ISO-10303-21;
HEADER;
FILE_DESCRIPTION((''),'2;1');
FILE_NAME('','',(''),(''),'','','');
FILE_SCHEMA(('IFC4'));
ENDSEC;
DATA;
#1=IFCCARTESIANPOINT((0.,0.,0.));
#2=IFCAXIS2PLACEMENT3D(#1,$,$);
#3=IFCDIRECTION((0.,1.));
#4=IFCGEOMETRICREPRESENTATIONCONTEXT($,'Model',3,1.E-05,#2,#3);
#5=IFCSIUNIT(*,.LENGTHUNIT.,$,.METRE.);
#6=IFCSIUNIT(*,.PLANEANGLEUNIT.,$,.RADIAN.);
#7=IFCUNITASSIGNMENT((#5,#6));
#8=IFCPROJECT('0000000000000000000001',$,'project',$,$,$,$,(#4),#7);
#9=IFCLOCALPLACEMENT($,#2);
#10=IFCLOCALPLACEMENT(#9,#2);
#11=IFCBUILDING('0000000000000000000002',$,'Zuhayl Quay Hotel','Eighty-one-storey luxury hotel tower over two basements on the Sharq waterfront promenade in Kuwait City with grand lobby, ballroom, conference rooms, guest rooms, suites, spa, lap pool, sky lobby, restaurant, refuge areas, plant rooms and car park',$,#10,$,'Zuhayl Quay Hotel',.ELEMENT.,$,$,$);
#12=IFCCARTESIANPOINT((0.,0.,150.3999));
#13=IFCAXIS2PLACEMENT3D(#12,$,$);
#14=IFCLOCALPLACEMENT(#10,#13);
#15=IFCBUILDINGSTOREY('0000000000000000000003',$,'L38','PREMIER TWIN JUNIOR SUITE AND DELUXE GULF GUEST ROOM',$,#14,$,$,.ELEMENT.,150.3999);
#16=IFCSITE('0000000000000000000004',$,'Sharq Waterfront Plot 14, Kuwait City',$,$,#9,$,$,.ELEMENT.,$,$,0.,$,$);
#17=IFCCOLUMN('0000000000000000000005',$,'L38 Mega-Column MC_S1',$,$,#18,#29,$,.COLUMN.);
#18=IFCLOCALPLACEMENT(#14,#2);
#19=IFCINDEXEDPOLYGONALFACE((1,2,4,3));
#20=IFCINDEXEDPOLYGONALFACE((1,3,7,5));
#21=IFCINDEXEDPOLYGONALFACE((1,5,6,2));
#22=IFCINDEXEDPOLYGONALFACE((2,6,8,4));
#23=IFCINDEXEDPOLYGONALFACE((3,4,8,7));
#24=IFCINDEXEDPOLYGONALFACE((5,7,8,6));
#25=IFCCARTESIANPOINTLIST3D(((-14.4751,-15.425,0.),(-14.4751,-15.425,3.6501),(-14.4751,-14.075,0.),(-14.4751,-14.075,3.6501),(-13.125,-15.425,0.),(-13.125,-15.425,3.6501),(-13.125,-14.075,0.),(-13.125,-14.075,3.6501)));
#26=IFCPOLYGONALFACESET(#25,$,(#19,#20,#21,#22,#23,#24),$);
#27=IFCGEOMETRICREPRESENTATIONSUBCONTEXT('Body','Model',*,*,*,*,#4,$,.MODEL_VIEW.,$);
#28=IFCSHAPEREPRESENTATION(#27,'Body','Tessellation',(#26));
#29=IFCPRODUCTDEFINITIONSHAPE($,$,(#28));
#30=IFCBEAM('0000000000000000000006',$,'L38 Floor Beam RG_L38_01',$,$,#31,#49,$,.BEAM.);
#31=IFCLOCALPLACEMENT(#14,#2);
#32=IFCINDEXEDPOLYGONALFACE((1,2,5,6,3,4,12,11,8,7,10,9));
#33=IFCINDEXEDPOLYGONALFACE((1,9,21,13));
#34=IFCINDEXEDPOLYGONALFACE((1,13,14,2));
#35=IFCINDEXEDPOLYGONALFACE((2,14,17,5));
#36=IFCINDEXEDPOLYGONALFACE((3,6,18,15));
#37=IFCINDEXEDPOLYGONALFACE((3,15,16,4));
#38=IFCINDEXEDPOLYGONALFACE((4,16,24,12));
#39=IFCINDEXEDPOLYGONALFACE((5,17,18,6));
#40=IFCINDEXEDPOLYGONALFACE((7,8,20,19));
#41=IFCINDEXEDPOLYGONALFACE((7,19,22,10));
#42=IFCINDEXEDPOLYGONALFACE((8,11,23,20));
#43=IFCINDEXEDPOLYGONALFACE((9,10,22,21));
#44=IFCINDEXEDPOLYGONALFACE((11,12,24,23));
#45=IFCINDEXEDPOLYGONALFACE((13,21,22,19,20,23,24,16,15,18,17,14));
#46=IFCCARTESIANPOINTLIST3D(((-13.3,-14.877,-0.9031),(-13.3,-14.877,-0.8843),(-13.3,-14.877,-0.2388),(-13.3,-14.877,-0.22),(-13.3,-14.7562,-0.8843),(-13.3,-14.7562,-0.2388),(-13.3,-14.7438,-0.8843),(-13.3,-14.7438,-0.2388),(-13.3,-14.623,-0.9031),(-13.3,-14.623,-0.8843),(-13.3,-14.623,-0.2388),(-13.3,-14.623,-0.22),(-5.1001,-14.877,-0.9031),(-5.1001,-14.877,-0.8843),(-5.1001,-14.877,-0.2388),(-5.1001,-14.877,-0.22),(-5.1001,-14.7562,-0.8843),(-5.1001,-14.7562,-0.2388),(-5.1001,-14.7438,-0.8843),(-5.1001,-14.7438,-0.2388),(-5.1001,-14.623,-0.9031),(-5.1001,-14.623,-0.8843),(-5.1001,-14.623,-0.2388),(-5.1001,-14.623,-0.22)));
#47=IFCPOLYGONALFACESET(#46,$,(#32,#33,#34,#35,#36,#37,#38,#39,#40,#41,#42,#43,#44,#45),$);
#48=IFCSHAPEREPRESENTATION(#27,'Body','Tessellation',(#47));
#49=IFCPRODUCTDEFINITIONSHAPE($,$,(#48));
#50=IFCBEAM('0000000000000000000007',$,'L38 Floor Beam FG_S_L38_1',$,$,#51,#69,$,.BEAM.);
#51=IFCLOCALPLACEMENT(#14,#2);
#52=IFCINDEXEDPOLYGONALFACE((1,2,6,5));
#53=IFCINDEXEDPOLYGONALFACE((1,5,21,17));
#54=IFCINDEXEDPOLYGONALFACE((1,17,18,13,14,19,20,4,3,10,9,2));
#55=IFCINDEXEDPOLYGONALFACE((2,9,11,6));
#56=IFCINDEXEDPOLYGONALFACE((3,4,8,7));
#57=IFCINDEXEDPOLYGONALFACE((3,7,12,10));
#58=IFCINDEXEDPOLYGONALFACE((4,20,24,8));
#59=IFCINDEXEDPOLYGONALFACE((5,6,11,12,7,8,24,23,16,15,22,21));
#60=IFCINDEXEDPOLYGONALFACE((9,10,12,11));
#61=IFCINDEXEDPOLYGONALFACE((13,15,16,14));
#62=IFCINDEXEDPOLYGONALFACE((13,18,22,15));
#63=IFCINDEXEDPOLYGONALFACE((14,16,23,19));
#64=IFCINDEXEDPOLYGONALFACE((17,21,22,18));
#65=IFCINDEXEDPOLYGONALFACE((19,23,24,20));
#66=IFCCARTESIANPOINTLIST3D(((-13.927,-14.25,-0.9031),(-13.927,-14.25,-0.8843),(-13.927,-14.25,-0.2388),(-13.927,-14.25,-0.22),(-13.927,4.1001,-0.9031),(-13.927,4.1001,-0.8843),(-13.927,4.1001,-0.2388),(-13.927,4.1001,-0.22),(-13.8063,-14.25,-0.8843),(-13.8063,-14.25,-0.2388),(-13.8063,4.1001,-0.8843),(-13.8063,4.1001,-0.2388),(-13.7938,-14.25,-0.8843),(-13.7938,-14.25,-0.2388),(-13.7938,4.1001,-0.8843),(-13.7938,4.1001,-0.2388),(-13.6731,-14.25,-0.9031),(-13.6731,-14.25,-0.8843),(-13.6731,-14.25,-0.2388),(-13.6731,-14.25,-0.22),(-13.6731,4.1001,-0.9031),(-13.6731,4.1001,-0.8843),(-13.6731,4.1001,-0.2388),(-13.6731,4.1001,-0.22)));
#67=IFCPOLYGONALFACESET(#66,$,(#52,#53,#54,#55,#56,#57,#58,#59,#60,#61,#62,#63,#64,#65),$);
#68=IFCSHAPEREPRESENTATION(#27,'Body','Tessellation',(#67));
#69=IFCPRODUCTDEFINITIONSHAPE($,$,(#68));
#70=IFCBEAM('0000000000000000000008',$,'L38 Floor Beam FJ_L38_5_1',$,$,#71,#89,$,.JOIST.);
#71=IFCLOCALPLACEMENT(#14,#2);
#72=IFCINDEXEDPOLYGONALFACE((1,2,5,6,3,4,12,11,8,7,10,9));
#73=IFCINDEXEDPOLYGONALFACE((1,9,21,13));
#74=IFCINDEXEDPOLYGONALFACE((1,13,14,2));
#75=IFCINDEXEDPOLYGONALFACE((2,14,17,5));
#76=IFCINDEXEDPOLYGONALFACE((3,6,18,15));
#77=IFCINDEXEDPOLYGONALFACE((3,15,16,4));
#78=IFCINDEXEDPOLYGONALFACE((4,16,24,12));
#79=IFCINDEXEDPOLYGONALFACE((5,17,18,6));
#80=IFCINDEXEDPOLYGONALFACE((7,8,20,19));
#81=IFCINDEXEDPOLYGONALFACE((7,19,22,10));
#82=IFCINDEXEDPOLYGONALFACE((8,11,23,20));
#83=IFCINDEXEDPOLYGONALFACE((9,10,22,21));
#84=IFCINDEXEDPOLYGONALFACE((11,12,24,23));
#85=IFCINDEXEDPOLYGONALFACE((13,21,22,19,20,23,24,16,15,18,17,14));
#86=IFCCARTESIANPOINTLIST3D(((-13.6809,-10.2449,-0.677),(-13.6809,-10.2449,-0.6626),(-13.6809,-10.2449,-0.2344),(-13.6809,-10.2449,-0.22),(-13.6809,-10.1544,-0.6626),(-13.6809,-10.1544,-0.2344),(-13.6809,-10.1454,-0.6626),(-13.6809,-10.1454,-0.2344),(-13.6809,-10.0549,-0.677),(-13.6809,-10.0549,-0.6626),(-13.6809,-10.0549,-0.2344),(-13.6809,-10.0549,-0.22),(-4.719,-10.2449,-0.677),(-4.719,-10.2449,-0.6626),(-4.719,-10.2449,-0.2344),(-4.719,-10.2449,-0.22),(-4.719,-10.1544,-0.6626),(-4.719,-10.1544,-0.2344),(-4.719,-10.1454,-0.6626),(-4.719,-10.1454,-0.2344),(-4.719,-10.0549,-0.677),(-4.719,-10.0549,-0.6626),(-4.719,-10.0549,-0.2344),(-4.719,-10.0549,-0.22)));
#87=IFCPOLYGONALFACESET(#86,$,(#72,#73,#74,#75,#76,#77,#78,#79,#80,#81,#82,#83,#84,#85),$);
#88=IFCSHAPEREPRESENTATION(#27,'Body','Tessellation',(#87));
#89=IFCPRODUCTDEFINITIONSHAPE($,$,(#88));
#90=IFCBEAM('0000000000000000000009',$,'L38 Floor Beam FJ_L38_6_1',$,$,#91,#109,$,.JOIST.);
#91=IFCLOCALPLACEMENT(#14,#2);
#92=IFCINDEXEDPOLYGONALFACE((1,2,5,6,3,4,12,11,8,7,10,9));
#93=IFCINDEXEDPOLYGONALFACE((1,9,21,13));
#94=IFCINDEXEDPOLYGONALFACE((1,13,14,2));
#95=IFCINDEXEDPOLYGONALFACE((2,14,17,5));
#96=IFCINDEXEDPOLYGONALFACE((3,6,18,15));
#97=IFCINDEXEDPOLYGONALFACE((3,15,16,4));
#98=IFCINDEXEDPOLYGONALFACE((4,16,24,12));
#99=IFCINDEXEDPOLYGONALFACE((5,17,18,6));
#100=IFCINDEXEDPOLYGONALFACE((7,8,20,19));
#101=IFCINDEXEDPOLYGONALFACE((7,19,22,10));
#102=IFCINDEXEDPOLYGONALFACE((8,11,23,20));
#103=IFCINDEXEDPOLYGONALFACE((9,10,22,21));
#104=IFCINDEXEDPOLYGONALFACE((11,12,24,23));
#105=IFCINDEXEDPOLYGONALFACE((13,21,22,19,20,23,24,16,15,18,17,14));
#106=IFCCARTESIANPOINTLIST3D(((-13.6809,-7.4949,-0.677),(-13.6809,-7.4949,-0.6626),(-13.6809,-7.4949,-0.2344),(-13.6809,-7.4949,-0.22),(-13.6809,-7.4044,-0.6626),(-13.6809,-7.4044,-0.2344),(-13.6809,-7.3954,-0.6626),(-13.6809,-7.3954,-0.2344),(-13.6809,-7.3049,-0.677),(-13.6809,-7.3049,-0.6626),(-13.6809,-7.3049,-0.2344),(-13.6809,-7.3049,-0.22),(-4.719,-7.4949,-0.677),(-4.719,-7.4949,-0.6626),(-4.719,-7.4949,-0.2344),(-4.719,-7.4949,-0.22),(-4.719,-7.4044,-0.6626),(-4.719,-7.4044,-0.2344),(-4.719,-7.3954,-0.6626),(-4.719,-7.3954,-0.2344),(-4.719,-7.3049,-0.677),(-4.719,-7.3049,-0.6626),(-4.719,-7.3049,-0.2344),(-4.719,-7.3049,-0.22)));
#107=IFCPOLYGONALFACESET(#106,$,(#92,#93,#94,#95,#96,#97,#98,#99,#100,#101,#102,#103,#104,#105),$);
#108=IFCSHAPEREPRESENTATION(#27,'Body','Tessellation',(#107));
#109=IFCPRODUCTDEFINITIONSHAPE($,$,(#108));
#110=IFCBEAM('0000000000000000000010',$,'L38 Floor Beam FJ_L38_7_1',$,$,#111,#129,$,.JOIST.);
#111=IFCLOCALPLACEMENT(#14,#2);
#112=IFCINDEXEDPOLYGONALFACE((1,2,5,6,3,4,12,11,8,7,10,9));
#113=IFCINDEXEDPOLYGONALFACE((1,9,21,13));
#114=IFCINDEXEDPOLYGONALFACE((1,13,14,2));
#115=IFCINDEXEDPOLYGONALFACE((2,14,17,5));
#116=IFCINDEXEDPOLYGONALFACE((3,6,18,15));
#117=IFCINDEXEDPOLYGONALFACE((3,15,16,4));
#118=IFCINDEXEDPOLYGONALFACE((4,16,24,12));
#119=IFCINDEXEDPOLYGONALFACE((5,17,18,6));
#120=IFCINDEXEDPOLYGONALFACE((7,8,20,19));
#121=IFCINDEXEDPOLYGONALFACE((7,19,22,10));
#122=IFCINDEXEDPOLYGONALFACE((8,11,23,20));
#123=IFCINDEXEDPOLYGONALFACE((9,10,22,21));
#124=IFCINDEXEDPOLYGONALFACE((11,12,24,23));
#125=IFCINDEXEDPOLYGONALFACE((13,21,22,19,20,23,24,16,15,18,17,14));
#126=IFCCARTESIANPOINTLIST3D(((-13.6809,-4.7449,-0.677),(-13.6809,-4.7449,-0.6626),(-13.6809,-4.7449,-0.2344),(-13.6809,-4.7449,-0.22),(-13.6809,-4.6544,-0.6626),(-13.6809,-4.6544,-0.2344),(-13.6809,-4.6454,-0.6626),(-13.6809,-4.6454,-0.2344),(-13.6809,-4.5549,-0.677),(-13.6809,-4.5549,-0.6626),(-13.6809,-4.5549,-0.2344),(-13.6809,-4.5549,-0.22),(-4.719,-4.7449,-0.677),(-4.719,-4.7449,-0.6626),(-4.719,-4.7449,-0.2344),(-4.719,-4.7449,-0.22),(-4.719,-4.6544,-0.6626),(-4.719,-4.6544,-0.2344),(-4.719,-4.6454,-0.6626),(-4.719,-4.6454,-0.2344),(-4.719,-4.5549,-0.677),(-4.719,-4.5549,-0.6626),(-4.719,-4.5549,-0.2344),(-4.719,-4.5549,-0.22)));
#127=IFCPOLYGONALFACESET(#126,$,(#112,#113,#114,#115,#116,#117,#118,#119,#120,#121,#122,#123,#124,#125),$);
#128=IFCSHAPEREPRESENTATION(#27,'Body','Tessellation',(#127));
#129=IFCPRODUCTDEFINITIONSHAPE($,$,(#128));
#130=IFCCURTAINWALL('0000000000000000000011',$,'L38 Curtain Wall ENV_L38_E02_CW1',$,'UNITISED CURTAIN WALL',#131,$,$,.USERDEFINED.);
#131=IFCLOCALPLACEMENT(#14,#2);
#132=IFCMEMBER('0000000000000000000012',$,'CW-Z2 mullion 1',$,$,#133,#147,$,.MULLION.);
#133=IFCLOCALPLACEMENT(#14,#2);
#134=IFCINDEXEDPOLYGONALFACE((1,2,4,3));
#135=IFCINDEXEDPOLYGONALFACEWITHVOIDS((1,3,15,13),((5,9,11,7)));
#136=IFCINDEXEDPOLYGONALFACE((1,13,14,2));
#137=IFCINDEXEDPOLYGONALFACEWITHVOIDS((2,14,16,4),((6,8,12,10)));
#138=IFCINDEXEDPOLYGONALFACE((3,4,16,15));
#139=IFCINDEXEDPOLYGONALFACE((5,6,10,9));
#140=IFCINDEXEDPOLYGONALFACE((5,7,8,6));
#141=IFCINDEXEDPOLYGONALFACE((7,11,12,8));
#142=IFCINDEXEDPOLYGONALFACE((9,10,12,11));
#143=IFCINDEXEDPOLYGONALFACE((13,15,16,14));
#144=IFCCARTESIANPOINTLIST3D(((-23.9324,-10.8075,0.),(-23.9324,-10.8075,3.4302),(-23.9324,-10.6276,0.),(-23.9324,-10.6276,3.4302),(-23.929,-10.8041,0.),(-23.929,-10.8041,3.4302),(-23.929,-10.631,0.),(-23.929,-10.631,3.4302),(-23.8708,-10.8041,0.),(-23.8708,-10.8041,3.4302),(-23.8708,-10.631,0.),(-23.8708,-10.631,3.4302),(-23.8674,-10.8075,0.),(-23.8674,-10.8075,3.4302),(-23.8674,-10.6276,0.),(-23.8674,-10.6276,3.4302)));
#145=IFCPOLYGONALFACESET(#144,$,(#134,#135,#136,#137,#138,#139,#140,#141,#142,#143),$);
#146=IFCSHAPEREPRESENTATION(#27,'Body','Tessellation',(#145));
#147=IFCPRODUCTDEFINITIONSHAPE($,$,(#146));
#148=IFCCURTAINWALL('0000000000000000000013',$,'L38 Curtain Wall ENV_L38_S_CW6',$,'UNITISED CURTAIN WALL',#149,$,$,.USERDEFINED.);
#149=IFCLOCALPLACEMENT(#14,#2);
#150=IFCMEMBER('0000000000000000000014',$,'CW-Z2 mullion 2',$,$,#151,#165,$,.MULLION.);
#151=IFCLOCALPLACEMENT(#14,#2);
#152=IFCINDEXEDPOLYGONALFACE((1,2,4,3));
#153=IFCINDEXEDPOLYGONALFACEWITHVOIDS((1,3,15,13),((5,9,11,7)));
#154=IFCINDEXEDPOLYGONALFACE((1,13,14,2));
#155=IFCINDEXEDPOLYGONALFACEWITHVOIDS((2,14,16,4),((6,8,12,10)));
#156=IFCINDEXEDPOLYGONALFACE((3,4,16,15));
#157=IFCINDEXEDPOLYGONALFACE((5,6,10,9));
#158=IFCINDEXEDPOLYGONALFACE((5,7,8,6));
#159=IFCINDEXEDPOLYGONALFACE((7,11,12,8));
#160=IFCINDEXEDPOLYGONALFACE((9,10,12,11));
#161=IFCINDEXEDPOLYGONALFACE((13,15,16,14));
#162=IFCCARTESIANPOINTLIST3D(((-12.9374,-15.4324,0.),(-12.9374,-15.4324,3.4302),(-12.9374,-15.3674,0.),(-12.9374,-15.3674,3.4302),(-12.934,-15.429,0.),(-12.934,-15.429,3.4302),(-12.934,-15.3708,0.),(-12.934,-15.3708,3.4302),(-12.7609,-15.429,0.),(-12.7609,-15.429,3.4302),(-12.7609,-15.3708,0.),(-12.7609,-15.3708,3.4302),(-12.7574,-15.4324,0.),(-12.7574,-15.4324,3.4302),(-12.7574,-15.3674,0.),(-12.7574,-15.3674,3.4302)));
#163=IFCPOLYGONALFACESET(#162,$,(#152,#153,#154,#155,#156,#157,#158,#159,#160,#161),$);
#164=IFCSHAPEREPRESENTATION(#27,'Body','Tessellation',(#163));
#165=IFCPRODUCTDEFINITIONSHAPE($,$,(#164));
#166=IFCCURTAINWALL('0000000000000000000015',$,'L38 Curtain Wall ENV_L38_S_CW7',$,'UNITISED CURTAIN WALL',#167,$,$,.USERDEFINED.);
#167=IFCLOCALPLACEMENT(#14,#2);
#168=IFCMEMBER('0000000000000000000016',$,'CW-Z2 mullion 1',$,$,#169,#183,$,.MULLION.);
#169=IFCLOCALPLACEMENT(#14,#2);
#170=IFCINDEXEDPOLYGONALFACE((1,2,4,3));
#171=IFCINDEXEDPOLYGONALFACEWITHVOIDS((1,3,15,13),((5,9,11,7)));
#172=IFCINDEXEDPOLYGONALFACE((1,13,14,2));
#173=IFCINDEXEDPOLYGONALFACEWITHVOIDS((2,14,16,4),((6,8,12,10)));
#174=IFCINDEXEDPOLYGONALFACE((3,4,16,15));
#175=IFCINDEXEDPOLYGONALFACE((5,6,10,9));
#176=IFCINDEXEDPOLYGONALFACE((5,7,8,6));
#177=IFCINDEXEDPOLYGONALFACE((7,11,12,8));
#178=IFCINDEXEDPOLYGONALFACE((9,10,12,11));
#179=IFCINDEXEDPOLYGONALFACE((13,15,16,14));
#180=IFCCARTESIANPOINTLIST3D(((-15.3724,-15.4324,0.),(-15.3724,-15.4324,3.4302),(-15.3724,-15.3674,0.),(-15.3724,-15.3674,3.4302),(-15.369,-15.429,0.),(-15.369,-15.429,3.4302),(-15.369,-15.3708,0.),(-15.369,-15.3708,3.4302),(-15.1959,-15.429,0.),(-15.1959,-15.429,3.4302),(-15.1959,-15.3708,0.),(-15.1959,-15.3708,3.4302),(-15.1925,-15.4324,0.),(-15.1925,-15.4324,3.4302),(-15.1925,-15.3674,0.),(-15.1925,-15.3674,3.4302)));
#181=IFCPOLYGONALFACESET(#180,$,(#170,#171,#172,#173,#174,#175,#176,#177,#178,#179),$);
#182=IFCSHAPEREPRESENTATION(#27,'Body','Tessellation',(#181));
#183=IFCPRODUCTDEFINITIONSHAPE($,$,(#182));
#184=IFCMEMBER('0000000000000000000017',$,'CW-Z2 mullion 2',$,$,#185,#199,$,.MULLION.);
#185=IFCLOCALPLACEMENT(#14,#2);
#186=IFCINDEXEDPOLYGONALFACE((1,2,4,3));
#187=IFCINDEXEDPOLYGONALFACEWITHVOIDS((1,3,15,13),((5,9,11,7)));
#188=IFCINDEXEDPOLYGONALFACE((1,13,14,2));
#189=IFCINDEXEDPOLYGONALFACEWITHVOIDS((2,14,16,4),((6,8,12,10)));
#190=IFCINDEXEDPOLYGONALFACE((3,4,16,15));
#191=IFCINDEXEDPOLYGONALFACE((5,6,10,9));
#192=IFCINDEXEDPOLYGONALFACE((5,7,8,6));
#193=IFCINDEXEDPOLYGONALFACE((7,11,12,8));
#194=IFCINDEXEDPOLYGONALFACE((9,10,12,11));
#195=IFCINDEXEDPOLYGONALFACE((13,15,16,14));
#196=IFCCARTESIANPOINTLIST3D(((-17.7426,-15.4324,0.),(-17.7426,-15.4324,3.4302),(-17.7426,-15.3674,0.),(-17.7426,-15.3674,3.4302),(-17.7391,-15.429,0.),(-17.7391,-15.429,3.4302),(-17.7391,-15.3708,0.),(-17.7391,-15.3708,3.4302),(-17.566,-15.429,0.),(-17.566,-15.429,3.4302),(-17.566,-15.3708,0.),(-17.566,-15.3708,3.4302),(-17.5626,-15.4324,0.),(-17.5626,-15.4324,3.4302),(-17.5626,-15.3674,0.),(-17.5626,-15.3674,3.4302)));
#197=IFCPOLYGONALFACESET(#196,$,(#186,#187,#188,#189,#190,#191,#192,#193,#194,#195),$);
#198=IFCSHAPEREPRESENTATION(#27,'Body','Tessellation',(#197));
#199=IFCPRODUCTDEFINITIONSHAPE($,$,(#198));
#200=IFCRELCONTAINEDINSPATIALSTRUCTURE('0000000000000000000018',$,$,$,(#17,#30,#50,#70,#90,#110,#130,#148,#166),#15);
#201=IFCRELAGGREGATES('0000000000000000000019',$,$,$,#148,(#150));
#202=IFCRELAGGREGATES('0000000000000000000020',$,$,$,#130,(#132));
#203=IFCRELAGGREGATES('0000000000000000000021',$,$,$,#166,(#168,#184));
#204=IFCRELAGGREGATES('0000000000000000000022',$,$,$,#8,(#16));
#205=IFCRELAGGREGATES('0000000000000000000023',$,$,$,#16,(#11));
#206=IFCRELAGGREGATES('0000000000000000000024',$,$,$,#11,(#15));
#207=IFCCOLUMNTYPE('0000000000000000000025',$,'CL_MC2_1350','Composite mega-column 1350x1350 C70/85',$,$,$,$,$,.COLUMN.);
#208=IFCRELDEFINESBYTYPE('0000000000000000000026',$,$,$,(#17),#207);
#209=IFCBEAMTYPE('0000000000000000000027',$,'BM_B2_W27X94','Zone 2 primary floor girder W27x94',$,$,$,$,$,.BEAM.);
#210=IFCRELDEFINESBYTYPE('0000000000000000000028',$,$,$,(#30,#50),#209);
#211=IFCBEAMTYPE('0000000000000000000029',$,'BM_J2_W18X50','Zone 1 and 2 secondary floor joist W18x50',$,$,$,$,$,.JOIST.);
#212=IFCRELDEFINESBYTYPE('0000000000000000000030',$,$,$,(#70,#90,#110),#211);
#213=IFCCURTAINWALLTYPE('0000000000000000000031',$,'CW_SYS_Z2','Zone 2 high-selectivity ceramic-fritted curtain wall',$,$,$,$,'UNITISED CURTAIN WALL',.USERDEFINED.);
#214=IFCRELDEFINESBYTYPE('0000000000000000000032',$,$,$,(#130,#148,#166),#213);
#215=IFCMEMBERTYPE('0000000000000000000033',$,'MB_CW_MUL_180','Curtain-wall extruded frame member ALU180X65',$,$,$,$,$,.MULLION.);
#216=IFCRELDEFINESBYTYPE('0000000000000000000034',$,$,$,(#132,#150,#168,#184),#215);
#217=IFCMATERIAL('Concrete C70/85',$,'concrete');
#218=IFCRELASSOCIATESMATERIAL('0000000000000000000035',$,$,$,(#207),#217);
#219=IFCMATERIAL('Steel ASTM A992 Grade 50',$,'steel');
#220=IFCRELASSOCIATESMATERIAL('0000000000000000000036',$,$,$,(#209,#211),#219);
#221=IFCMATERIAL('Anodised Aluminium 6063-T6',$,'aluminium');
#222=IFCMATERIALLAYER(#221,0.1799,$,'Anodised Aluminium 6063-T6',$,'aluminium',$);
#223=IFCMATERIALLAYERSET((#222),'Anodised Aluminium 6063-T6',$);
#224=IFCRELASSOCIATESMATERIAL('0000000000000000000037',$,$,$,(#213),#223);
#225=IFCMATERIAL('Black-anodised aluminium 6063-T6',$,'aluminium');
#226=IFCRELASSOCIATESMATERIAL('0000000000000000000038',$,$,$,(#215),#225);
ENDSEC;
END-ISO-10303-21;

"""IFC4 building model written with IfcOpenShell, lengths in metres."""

from ifc_helpers import new_model, si_unit, direction, frame, origin, origin_2d, place, context, subcontext, project, spatial, rectangle, hollow_rectangle, i_section, extrude, material, layer, layer_set, material_profile, profile_set, type_object, element, aggregate, save


model = new_model("IFC4")

# Units and contexts
model_context = context("Model", 3, precision=1e-05, world=origin(), true_north=direction((0.0, 1.0)))
body_context = subcontext(model_context, "Body", "Model", "MODEL_VIEW")
ifc_project = project(units=[si_unit("LENGTHUNIT", "METRE"), si_unit("PLANEANGLEUNIT", "RADIAN")], contexts=[model_context])

# Site, building, storey
site_placement = place(None, origin())
site = spatial("IfcSite", under=ifc_project, at=site_placement, Name="Sharq Waterfront Plot 14, Kuwait City", CompositionType="ELEMENT", RefElevation=0.0)
building_placement = place(site_placement, origin())
building = spatial("IfcBuilding", under=site, at=building_placement, Name="Zuhayl Quay Hotel", Description="Eighty-one-storey luxury hotel tower over two basements on the Sharq waterfront promenade in Kuwait City with grand lobby, ballroom, conference rooms, guest rooms, suites, spa, lap pool, sky lobby, restaurant, refuge areas, plant rooms and car park", LongName="Zuhayl Quay Hotel", CompositionType="ELEMENT")
storey_placement = place(building_placement, frame((0.0, 0.0, 150.3999)))
storey = spatial("IfcBuildingStorey", under=building, at=storey_placement, Name="L38", Description="PREMIER TWIN JUNIOR SUITE AND DELUXE GULF GUEST ROOM", CompositionType="ELEMENT", Elevation=150.3999)

# Column
ifc_material_1 = material(Name="Concrete C70/85", Category="concrete")
ifc_material_profile_1 = material_profile(ifc_material_1, rectangle(XDim=1.3501, YDim=1.3501, at=origin_2d()), Name="RC1350X1350")
ifc_profile_set_1 = profile_set([ifc_material_profile_1], Name="Concrete C70/85")
column_type = type_object("IfcColumnType", Name="CL_MC2_1350", Description="Composite mega-column 1350x1350 C70/85", PredefinedType="COLUMN", material=ifc_profile_set_1)
column_placement = place(storey_placement, frame((-13.8, -14.75, 0.0), z_axis=(0.0, 0.0, 1.0), x_axis=(1.0, 0.0, 0.0)))
element("IfcColumn", 1, at=column_placement, inside=storey, type_object=column_type, Name="L38 Mega-Column MC_S1", PredefinedType="COLUMN", context=body_context, shape_type="SweptSolid", body=[
    extrude(rectangle(XDim=1.3501, YDim=1.3501, at=origin_2d()), origin(), (0.0, 0.0, 1.0), 3.6501),
])

# Beams
ifc_material_2 = material(Name="Steel ASTM A992 Grade 50", Category="steel")
ifc_material_profile_2 = material_profile(ifc_material_2, i_section(OverallWidth=0.2539, OverallDepth=0.6831, WebThickness=0.0125, FlangeThickness=0.0188, at=origin_2d()), Name="W27X94")
ifc_profile_set_2 = profile_set([ifc_material_profile_2], Name="Steel ASTM A992 Grade 50")
beam_type_1 = type_object("IfcBeamType", Name="BM_B2_W27X94", Description="Zone 2 primary floor girder W27x94", PredefinedType="BEAM", material=ifc_profile_set_2)
beam_1_placement = place(storey_placement, frame((-13.3, -14.75, -0.5615), z_axis=(1.0, 0.0, 0.0), x_axis=(0.0, 1.0, 0.0)))
element("IfcBeam", 2, at=beam_1_placement, inside=storey, type_object=beam_type_1, Name="L38 Floor Beam RG_L38_01", PredefinedType="BEAM", context=body_context, shape_type="SweptSolid", body=[
    extrude(i_section(OverallWidth=0.2539, OverallDepth=0.6831, WebThickness=0.0125, FlangeThickness=0.0188, at=origin_2d()), origin(), (0.0, 0.0, 1.0), 8.2),
])
beam_2_placement = place(storey_placement, frame((-13.8, -14.25, -0.5615), z_axis=(0.0, 1.0, 0.0), x_axis=(-1.0, 0.0, 0.0)))
element("IfcBeam", 3, at=beam_2_placement, inside=storey, type_object=beam_type_1, Name="L38 Floor Beam FG_S_L38_1", PredefinedType="BEAM", context=body_context, shape_type="SweptSolid", body=[
    extrude(i_section(OverallWidth=0.2539, OverallDepth=0.6831, WebThickness=0.0125, FlangeThickness=0.0188, at=origin_2d()), origin(), (0.0, 0.0, 1.0), 18.3501),
])
ifc_material_profile_3 = material_profile(ifc_material_2, i_section(OverallWidth=0.1899, OverallDepth=0.457, WebThickness=0.009, FlangeThickness=0.0144, at=origin_2d()), Name="W18X50")
ifc_profile_set_3 = profile_set([ifc_material_profile_3], Name="Steel ASTM A992 Grade 50")
beam_type_2 = type_object("IfcBeamType", Name="BM_J2_W18X50", Description="Zone 1 and 2 secondary floor joist W18x50", PredefinedType="JOIST", material=ifc_profile_set_3)
for number, where, z_axis, x_axis, name in (
    (4, (-13.6809, -10.1499, -0.4485), (1.0, 0.0, 0.0), (0.0, 1.0, 0.0), "L38 Floor Beam FJ_L38_5_1"),
    (5, (-13.6809, -7.3999, -0.4485), (1.0, 0.0, 0.0), (0.0, 1.0, 0.0), "L38 Floor Beam FJ_L38_6_1"),
    (6, (-13.6809, -4.6499, -0.4485), (1.0, 0.0, 0.0), (0.0, 1.0, 0.0), "L38 Floor Beam FJ_L38_7_1"),
):
    element("IfcBeam", number, at=place(storey_placement, frame(where, z_axis=z_axis, x_axis=x_axis)), inside=storey, type_object=beam_type_2, Name=name, PredefinedType="JOIST", context=body_context, shape_type="SweptSolid", body=[
        extrude(i_section(OverallWidth=0.1899, OverallDepth=0.457, WebThickness=0.009, FlangeThickness=0.0144, at=origin_2d()), origin(), (0.0, 0.0, 1.0), 8.9619),
    ])

# Curtain walls, members
ifc_material_3 = material(Name="Anodised Aluminium 6063-T6", Category="aluminium")
ifc_layer_1 = layer(ifc_material_3, 0.1799, Name="Anodised Aluminium 6063-T6", Category="aluminium")
ifc_layer_set_1 = layer_set([ifc_layer_1], Name="Anodised Aluminium 6063-T6")
curtain_wall_type = type_object("IfcCurtainWallType", Name="CW_SYS_Z2", Description="Zone 2 high-selectivity ceramic-fritted curtain wall", ElementType="UNITISED CURTAIN WALL", PredefinedType="USERDEFINED", material=ifc_layer_set_1)
curtain_wall_1_placement = place(storey_placement, origin())
curtain_wall_1 = element("IfcCurtainWall", 7, at=curtain_wall_1_placement, inside=storey, type_object=curtain_wall_type, Name="L38 Curtain Wall ENV_L38_E02_CW1", ObjectType="UNITISED CURTAIN WALL", PredefinedType="USERDEFINED")
ifc_material_4 = material(Name="Black-anodised aluminium 6063-T6", Category="aluminium")
ifc_material_profile_4 = material_profile(ifc_material_4, hollow_rectangle(XDim=0.0649, YDim=0.1799, WallThickness=0.0034, at=origin_2d()), Name="ALU180X65")
ifc_profile_set_4 = profile_set([ifc_material_profile_4], Name="Black-anodised aluminium 6063-T6")
member_type_1 = type_object("IfcMemberType", Name="MB_CW_MUL_180", Description="Curtain-wall extruded frame member ALU180X65", PredefinedType="MULLION", material=ifc_profile_set_4)
member_1_placement = place(storey_placement, frame((-23.8999, -10.7175, 0.0), z_axis=(0.0, 0.0, 1.0), x_axis=(-1.0, 0.0, 0.0)))
member_1 = element("IfcMember", 8, at=member_1_placement, type_object=member_type_1, Name="CW-Z2 mullion 1", PredefinedType="MULLION", context=body_context, shape_type="SweptSolid", body=[
    extrude(hollow_rectangle(XDim=0.0649, YDim=0.1799, WallThickness=0.0034, at=origin_2d()), origin(), (0.0, 0.0, 1.0), 3.4302),
])
curtain_wall_2_placement = place(storey_placement, origin())
curtain_wall_2 = element("IfcCurtainWall", 9, at=curtain_wall_2_placement, inside=storey, type_object=curtain_wall_type, Name="L38 Curtain Wall ENV_L38_S_CW6", ObjectType="UNITISED CURTAIN WALL", PredefinedType="USERDEFINED")
member_2_placement = place(storey_placement, frame((-12.8474, -15.3999, 0.0), z_axis=(0.0, 0.0, 1.0), x_axis=(0.0, -1.0, 0.0)))
member_2 = element("IfcMember", 10, at=member_2_placement, type_object=member_type_1, Name="CW-Z2 mullion 2", PredefinedType="MULLION", context=body_context, shape_type="SweptSolid", body=[
    extrude(hollow_rectangle(XDim=0.0649, YDim=0.1799, WallThickness=0.0034, at=origin_2d()), origin(), (0.0, 0.0, 1.0), 3.4302),
])
aggregate(curtain_wall_2, [member_2])

# Curtain wall, members
curtain_wall_3_placement = place(storey_placement, origin())
curtain_wall_3 = element("IfcCurtainWall", 11, at=curtain_wall_3_placement, inside=storey, type_object=curtain_wall_type, Name="L38 Curtain Wall ENV_L38_S_CW7", ObjectType="UNITISED CURTAIN WALL", PredefinedType="USERDEFINED")
member_3_placement = place(storey_placement, frame((-15.2825, -15.3999, 0.0), z_axis=(0.0, 0.0, 1.0), x_axis=(0.0, -1.0, 0.0)))
member_3 = element("IfcMember", 12, at=member_3_placement, type_object=member_type_1, Name="CW-Z2 mullion 1", PredefinedType="MULLION", context=body_context, shape_type="SweptSolid", body=[
    extrude(hollow_rectangle(XDim=0.0649, YDim=0.1799, WallThickness=0.0034, at=origin_2d()), origin(), (0.0, 0.0, 1.0), 3.4302),
])
member_4_placement = place(storey_placement, frame((-17.6526, -15.3999, 0.0), z_axis=(0.0, 0.0, 1.0), x_axis=(0.0, -1.0, 0.0)))
member_4 = element("IfcMember", 13, at=member_4_placement, type_object=member_type_1, Name="CW-Z2 mullion 2", PredefinedType="MULLION", context=body_context, shape_type="SweptSolid", body=[
    extrude(hollow_rectangle(XDim=0.0649, YDim=0.1799, WallThickness=0.0034, at=origin_2d()), origin(), (0.0, 0.0, 1.0), 3.4302),
])

aggregate(curtain_wall_1, [member_1])
aggregate(curtain_wall_3, [member_3, member_4])

save(model, "model.ifc")
